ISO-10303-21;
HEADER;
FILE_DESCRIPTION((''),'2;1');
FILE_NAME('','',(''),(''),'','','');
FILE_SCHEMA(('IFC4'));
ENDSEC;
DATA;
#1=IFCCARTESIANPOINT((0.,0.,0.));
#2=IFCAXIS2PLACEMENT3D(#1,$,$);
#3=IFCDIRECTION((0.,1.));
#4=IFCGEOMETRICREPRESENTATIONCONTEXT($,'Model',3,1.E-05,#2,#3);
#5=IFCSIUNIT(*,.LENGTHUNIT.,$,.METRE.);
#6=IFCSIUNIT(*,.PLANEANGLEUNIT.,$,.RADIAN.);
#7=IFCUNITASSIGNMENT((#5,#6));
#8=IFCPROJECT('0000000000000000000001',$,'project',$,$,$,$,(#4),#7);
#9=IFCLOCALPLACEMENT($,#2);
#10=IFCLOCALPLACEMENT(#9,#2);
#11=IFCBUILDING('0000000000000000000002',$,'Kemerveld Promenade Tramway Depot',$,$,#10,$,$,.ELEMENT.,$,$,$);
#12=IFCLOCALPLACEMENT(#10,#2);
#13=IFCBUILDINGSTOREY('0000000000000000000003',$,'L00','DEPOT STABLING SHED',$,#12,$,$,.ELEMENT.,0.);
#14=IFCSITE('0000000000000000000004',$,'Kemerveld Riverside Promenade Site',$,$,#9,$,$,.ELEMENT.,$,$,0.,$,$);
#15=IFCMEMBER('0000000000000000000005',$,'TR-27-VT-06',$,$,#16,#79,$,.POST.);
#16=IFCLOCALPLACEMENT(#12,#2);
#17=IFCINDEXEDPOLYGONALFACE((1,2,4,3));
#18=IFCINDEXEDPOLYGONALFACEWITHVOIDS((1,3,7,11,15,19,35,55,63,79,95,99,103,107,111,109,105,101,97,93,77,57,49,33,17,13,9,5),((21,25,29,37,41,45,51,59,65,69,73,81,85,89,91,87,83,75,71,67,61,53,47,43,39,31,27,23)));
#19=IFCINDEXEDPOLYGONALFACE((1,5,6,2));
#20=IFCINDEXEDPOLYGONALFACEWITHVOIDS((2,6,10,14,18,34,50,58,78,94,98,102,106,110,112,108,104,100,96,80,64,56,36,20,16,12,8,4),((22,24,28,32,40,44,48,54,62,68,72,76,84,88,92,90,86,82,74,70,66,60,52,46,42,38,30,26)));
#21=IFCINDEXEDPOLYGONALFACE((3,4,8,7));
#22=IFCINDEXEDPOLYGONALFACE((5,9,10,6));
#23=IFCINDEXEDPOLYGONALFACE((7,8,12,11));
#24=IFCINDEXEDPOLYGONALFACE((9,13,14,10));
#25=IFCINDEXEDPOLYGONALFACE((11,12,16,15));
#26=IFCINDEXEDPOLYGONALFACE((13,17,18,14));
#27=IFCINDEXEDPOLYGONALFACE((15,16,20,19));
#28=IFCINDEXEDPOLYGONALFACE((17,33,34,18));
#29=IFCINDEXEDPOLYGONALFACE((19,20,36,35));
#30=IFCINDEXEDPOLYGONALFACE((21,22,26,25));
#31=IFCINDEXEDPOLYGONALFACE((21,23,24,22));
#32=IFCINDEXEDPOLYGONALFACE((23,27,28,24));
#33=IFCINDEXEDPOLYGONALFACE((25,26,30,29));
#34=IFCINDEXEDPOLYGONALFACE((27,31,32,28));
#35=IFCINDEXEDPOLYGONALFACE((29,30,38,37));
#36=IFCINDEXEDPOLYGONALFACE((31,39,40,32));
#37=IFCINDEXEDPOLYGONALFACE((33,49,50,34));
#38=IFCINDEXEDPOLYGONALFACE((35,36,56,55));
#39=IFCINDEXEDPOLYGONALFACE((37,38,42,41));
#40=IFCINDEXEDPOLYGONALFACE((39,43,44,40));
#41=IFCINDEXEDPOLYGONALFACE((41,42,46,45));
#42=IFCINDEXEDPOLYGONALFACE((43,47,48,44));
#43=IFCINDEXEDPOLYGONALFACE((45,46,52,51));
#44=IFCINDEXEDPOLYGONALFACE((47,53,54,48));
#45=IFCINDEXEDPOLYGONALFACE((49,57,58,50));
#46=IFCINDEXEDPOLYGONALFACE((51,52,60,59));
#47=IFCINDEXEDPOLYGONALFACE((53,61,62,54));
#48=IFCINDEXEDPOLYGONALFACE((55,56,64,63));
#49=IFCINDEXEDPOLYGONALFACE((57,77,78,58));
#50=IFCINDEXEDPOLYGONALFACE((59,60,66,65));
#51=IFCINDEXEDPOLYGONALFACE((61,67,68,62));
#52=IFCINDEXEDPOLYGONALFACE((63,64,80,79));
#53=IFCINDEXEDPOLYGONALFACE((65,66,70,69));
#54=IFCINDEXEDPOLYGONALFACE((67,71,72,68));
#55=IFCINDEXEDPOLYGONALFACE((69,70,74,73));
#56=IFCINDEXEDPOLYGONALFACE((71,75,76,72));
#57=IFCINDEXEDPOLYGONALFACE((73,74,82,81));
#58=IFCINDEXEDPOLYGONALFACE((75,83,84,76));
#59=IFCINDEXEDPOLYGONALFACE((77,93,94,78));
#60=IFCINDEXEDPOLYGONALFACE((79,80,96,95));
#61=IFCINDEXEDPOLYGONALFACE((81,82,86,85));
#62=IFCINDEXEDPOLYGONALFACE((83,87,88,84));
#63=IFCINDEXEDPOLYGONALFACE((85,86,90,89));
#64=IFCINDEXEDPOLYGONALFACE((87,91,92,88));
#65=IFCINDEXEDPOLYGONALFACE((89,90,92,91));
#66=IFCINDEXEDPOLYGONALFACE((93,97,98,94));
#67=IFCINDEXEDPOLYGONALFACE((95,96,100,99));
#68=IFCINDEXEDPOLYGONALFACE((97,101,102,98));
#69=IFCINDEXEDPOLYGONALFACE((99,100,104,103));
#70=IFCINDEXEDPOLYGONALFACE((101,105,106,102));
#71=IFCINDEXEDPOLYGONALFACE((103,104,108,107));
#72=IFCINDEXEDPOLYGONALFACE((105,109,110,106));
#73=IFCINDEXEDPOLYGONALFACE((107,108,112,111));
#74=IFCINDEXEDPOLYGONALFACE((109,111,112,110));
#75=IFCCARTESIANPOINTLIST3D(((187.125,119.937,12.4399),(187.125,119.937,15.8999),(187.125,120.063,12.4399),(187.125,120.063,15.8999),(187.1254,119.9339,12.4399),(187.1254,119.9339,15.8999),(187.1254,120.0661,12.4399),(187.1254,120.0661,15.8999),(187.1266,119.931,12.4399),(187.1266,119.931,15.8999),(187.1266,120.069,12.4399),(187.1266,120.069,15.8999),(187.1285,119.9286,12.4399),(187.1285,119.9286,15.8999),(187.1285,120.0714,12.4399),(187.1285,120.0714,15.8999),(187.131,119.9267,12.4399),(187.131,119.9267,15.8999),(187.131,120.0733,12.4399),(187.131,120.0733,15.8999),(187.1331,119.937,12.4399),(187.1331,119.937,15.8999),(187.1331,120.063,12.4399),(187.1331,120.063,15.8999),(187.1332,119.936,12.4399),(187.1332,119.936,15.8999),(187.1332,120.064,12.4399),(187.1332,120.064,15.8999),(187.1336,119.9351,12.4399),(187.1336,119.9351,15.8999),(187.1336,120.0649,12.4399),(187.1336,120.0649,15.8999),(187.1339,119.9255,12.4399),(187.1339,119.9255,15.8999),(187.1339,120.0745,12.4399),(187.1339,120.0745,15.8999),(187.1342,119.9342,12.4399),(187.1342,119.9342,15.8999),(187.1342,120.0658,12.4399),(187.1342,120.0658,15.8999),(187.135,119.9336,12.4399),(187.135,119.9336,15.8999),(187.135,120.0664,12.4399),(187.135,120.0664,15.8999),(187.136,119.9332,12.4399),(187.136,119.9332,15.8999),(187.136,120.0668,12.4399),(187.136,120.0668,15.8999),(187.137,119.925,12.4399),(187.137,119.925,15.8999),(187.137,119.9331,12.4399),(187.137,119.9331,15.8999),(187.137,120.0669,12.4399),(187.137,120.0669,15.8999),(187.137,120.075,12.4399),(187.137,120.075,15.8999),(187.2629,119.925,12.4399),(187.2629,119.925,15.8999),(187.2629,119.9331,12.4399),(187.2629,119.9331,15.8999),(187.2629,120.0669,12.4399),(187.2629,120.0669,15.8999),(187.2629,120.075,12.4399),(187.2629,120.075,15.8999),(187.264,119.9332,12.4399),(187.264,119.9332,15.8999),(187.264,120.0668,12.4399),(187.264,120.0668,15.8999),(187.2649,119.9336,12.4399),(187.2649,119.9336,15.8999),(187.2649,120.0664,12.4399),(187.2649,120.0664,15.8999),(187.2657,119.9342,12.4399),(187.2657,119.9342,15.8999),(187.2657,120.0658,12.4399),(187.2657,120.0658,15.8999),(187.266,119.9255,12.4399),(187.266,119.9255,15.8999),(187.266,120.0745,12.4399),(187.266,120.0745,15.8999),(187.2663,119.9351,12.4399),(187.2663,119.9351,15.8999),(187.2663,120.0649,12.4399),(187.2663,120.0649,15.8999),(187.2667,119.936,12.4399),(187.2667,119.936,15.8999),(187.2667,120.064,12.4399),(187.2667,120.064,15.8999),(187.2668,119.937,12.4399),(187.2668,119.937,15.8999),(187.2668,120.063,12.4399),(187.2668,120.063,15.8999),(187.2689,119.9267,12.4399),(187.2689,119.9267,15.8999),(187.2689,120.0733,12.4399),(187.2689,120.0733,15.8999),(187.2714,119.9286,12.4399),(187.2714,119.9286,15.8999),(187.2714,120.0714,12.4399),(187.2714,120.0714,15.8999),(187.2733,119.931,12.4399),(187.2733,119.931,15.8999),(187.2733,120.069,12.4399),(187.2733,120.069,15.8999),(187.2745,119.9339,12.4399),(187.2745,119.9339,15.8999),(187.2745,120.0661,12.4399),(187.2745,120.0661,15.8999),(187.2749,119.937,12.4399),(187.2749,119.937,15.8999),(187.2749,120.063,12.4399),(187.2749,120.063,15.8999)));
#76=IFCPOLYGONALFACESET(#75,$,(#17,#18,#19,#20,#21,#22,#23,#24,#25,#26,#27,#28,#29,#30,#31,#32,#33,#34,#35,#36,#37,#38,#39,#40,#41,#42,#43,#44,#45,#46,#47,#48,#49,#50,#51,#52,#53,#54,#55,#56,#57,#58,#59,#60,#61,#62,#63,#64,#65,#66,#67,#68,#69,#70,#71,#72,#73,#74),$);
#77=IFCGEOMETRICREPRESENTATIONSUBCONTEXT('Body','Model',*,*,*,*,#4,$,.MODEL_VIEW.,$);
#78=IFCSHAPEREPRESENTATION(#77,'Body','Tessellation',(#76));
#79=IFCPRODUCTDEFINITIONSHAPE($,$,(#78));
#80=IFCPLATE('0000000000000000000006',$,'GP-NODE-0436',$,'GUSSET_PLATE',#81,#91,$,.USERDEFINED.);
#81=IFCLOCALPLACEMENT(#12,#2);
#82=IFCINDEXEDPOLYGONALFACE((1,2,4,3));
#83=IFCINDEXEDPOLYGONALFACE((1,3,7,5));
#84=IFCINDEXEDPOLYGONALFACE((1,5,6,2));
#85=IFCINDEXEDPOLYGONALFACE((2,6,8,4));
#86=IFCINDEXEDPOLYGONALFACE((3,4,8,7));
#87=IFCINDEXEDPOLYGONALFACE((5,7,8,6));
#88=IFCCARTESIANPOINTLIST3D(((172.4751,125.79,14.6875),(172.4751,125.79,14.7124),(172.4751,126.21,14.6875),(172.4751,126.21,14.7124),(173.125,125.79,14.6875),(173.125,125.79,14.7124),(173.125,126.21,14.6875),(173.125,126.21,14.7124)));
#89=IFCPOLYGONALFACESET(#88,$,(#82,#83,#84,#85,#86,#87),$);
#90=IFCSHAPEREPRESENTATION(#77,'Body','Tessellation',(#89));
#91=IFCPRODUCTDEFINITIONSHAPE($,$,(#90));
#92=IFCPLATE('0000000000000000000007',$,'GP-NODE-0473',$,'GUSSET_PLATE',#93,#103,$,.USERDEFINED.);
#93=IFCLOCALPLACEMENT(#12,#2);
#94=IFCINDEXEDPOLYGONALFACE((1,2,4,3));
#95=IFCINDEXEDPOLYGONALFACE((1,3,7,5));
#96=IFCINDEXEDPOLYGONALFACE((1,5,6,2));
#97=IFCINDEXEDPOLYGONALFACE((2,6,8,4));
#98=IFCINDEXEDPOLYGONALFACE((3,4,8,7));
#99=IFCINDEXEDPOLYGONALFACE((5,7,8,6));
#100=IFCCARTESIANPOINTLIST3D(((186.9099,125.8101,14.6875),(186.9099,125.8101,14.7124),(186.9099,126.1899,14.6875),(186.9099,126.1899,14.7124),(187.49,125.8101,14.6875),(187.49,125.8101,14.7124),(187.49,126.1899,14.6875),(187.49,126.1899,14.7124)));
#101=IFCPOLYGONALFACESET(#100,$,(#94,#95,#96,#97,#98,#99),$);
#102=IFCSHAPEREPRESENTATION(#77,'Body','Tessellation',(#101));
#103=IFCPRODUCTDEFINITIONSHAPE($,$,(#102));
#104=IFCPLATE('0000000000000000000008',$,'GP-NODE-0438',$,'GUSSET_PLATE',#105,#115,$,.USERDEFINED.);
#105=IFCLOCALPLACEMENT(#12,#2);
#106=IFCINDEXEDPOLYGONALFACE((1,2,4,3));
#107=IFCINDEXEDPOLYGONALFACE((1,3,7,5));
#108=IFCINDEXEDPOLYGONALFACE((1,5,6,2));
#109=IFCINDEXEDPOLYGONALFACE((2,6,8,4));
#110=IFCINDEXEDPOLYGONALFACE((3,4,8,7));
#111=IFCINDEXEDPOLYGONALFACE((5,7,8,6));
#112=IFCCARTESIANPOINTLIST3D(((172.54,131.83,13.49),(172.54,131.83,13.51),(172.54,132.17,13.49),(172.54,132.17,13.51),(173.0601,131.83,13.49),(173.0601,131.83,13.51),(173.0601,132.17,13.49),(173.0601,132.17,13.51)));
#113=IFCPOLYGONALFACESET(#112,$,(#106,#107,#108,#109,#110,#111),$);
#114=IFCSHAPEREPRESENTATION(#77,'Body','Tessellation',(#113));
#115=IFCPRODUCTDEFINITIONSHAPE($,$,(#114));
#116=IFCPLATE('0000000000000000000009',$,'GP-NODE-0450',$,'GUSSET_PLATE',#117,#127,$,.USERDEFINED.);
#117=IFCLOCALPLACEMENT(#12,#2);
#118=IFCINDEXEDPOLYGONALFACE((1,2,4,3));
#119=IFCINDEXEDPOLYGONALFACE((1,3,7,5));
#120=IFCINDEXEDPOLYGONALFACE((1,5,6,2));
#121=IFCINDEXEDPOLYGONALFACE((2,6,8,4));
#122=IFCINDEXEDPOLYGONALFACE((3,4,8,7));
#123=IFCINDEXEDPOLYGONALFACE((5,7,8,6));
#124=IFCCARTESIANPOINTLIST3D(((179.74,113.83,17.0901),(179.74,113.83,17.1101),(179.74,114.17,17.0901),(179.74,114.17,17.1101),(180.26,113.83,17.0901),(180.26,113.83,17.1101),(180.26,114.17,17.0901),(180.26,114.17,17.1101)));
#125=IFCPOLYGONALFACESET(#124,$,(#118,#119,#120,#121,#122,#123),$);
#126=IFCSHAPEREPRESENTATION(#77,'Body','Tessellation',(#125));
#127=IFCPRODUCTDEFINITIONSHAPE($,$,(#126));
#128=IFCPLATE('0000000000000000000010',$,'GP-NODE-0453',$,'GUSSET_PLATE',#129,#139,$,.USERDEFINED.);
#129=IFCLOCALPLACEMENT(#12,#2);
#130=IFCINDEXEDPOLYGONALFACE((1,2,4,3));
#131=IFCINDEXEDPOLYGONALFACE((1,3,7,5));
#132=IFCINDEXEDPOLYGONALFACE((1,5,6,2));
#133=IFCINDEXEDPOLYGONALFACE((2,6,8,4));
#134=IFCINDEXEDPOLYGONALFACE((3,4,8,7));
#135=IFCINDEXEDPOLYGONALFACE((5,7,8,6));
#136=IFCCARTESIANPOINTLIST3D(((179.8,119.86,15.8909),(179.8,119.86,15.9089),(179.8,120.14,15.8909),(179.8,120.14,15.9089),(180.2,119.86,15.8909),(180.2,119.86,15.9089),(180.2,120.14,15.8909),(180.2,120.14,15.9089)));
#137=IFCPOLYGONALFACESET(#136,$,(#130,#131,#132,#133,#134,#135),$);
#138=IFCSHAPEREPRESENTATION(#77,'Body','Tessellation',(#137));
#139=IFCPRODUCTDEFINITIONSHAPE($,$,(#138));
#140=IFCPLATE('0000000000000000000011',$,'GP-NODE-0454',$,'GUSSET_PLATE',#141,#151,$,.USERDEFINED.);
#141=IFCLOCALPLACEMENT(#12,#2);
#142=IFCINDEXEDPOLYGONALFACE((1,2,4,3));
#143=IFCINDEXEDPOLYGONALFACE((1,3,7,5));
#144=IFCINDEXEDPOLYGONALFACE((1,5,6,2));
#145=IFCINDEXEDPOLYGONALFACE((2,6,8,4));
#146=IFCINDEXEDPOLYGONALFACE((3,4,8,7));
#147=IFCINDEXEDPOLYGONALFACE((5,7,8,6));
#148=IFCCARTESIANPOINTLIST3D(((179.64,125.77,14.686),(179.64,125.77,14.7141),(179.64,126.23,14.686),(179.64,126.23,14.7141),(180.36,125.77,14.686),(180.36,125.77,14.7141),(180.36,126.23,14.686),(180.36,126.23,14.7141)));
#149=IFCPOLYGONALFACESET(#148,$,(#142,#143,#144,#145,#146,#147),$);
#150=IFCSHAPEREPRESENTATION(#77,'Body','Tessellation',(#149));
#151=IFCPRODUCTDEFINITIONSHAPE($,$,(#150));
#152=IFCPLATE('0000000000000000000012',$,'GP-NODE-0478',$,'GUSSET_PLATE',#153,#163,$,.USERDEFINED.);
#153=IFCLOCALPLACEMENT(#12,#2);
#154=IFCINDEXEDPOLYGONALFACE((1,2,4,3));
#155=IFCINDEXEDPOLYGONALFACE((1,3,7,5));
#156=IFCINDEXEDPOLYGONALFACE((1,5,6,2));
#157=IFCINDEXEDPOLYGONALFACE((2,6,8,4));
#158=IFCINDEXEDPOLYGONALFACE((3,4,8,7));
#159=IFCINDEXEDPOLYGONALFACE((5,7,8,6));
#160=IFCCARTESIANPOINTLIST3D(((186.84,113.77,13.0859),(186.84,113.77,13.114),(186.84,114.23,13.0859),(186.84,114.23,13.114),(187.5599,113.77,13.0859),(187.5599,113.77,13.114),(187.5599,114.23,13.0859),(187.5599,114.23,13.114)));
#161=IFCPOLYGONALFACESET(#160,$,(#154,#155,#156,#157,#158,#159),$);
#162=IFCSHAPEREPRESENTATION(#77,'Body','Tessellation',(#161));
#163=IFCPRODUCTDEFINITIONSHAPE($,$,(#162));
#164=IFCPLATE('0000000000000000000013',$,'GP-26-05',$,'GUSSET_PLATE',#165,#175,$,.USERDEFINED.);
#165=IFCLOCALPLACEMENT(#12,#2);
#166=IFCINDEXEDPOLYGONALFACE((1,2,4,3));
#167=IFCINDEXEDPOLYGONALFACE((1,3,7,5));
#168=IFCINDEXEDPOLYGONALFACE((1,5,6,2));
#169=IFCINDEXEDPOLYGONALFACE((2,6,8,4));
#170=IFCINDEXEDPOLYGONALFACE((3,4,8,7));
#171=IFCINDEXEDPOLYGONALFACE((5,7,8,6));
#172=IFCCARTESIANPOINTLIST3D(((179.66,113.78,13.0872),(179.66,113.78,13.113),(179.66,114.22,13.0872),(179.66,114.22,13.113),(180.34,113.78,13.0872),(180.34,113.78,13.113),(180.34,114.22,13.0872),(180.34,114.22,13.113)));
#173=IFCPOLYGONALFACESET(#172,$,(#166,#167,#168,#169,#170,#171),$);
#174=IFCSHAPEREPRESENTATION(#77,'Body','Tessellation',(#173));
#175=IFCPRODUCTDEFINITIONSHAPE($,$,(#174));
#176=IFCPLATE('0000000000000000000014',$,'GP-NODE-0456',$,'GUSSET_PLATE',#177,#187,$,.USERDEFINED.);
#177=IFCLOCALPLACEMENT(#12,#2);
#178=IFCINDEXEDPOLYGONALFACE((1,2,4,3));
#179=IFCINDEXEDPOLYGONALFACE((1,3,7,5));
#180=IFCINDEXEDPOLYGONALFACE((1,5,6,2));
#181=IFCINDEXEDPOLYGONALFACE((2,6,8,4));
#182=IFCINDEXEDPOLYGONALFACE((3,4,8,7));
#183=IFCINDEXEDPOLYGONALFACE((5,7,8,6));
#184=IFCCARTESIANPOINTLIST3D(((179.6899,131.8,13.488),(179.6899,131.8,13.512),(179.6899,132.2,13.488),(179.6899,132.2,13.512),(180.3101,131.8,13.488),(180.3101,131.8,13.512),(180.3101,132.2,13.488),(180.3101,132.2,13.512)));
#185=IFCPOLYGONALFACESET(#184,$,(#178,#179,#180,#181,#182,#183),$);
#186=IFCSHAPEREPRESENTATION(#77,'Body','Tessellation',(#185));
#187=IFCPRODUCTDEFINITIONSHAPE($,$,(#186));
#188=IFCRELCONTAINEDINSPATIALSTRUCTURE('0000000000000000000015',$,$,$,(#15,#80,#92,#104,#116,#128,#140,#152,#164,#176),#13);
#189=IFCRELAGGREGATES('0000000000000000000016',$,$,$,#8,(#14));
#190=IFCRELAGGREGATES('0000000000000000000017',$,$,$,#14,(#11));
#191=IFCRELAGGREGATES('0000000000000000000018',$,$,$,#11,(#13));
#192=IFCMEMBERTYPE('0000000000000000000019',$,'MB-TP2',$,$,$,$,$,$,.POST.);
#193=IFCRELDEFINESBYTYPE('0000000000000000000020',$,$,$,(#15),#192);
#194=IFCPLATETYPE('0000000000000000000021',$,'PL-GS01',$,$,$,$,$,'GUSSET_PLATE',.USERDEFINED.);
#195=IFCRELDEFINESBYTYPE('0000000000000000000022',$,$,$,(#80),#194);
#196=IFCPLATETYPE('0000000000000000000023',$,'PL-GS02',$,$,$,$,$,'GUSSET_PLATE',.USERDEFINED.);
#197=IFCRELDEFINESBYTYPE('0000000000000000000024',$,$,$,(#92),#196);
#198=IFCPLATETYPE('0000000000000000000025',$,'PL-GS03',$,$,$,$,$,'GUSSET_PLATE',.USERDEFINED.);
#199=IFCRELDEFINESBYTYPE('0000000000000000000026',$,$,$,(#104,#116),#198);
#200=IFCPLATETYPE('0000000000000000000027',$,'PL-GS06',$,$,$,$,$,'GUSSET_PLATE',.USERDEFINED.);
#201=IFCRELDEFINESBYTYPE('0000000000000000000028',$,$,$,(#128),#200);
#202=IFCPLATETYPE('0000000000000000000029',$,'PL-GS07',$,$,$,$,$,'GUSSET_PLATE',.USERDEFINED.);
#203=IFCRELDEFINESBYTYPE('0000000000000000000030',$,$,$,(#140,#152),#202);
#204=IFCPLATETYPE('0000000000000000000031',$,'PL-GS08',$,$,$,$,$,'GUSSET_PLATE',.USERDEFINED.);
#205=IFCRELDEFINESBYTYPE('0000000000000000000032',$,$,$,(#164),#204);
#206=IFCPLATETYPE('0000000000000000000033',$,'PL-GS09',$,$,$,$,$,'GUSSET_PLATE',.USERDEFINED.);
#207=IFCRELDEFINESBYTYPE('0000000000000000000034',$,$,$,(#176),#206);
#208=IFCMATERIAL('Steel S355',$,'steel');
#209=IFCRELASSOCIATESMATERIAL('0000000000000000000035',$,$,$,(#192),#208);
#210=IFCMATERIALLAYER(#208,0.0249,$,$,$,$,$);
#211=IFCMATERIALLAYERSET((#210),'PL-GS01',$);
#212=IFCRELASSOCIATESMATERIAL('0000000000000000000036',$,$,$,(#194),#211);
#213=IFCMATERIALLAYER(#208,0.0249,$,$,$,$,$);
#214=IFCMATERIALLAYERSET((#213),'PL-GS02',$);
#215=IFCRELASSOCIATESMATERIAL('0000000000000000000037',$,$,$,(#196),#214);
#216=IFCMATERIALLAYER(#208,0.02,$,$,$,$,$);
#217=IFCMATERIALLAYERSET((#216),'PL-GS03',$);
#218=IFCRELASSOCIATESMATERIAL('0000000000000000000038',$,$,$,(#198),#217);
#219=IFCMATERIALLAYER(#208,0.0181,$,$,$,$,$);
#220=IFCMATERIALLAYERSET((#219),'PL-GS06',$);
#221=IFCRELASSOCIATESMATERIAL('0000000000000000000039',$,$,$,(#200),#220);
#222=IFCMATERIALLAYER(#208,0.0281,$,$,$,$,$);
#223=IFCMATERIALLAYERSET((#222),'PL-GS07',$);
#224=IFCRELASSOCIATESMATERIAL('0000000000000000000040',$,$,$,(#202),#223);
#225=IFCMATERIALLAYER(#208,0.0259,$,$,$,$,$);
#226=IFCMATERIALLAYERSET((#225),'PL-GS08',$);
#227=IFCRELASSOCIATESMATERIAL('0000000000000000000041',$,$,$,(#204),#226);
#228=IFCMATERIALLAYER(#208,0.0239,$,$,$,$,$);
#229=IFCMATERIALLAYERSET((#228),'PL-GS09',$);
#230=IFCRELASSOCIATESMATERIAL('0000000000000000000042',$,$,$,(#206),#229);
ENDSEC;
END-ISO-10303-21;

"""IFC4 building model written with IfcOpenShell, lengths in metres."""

from ifc_helpers import new_model, si_unit, direction, frame, origin, origin_2d, place, context, subcontext, project, spatial, rectangle, hollow_rectangle, extrude, material, layer, layer_set, material_profile, profile_set, type_object, element, save


model = new_model("IFC4")

# Units and contexts
model_context = context("Model", 3, precision=1e-05, world=origin(), true_north=direction((0.0, 1.0)))
body_context = subcontext(model_context, "Body", "Model", "MODEL_VIEW")
ifc_project = project(units=[si_unit("LENGTHUNIT", "METRE"), si_unit("PLANEANGLEUNIT", "RADIAN")], contexts=[model_context])

# Site, building, storey
site_placement = place(None, origin())
site = spatial("IfcSite", under=ifc_project, at=site_placement, Name="Kemerveld Riverside Promenade Site", CompositionType="ELEMENT", RefElevation=0.0)
building_placement = place(site_placement, origin())
building = spatial("IfcBuilding", under=site, at=building_placement, Name="Kemerveld Promenade Tramway Depot", CompositionType="ELEMENT")
storey_placement = place(building_placement, origin())
storey = spatial("IfcBuildingStorey", under=building, at=storey_placement, Name="L00", Description="DEPOT STABLING SHED", CompositionType="ELEMENT", Elevation=0.0)

# Member
ifc_material = material(Name="Steel S355", Category="steel")
ifc_material_profile_1 = material_profile(ifc_material, hollow_rectangle(XDim=0.1499, YDim=0.1499, WallThickness=0.0081, InnerFilletRadius=0.0039, OuterFilletRadius=0.012, at=origin_2d()), Name="150x150x8.0 SHS")
ifc_profile_set_1 = profile_set([ifc_material_profile_1], Name="Steel S355")
member_type_1 = type_object("IfcMemberType", Name="MB-TP2", PredefinedType="POST", material=ifc_profile_set_1)
member_1_placement = place(storey_placement, frame((187.2, 120.0, 12.4399), z_axis=(0.0, 0.0, 1.0), x_axis=(1.0, 0.0, 0.0)))
element("IfcMember", 1, at=member_1_placement, inside=storey, type_object=member_type_1, Name="TR-27-VT-06", PredefinedType="POST", context=body_context, shape_type="SweptSolid", body=[
    extrude(hollow_rectangle(XDim=0.1499, YDim=0.1499, WallThickness=0.0081, InnerFilletRadius=0.0039, OuterFilletRadius=0.012, at=origin_2d()), origin(), (0.0, 0.0, 1.0), 3.46),
])

# Plates
ifc_layer_1 = layer(ifc_material, 0.0249)
ifc_layer_set_1 = layer_set([ifc_layer_1], Name="PL-GS01")
plate_type_1 = type_object("IfcPlateType", Name="PL-GS01", ElementType="GUSSET_PLATE", PredefinedType="USERDEFINED", material=ifc_layer_set_1)
plate_1_placement = place(storey_placement, frame((172.8, 126.0, 14.6875), z_axis=(0.0, 0.0, 1.0), x_axis=(1.0, 0.0, 0.0)))
element("IfcPlate", 2, at=plate_1_placement, inside=storey, type_object=plate_type_1, Name="GP-NODE-0436", ObjectType="GUSSET_PLATE", PredefinedType="USERDEFINED", context=body_context, shape_type="SweptSolid", body=[
    extrude(rectangle(XDim=0.6499, YDim=0.4199, at=origin_2d()), origin(), (0.0, 0.0, 1.0), 0.0249),
])
ifc_layer_2 = layer(ifc_material, 0.0249)
ifc_layer_set_2 = layer_set([ifc_layer_2], Name="PL-GS02")
plate_type_2 = type_object("IfcPlateType", Name="PL-GS02", ElementType="GUSSET_PLATE", PredefinedType="USERDEFINED", material=ifc_layer_set_2)
plate_2_placement = place(storey_placement, frame((187.2, 126.0, 14.6875), z_axis=(0.0, 0.0, 1.0), x_axis=(1.0, 0.0, 0.0)))
element("IfcPlate", 3, at=plate_2_placement, inside=storey, type_object=plate_type_2, Name="GP-NODE-0473", ObjectType="GUSSET_PLATE", PredefinedType="USERDEFINED", context=body_context, shape_type="SweptSolid", body=[
    extrude(rectangle(XDim=0.5801, YDim=0.3799, at=origin_2d()), origin(), (0.0, 0.0, 1.0), 0.0249),
])
ifc_layer_3 = layer(ifc_material, 0.02)
ifc_layer_set_3 = layer_set([ifc_layer_3], Name="PL-GS03")
plate_type_3 = type_object("IfcPlateType", Name="PL-GS03", ElementType="GUSSET_PLATE", PredefinedType="USERDEFINED", material=ifc_layer_set_3)
for number, where, z_axis, x_axis, name in (
    (4, (172.8, 132.0, 13.49), (0.0, 0.0, 1.0), (1.0, 0.0, 0.0), "GP-NODE-0438"),
    (5, (180.0, 114.0, 17.0901), (0.0, 0.0, 1.0), (1.0, 0.0, 0.0), "GP-NODE-0450"),
):
    element("IfcPlate", number, at=place(storey_placement, frame(where, z_axis=z_axis, x_axis=x_axis)), inside=storey, type_object=plate_type_3, Name=name, ObjectType="GUSSET_PLATE", PredefinedType="USERDEFINED", context=body_context, shape_type="SweptSolid", body=[
        extrude(rectangle(XDim=0.52, YDim=0.3401, at=origin_2d()), origin(), (0.0, 0.0, 1.0), 0.02),
    ])
ifc_layer_4 = layer(ifc_material, 0.0181)
ifc_layer_set_4 = layer_set([ifc_layer_4], Name="PL-GS06")
plate_type_4 = type_object("IfcPlateType", Name="PL-GS06", ElementType="GUSSET_PLATE", PredefinedType="USERDEFINED", material=ifc_layer_set_4)
plate_3_placement = place(storey_placement, frame((180.0, 120.0, 15.8909), z_axis=(0.0, 0.0, 1.0), x_axis=(1.0, 0.0, 0.0)))
element("IfcPlate", 6, at=plate_3_placement, inside=storey, type_object=plate_type_4, Name="GP-NODE-0453", ObjectType="GUSSET_PLATE", PredefinedType="USERDEFINED", context=body_context, shape_type="SweptSolid", body=[
    extrude(rectangle(XDim=0.3999, YDim=0.28, at=origin_2d()), origin(), (0.0, 0.0, 1.0), 0.0181),
])
ifc_layer_5 = layer(ifc_material, 0.0281)
ifc_layer_set_5 = layer_set([ifc_layer_5], Name="PL-GS07")
plate_type_5 = type_object("IfcPlateType", Name="PL-GS07", ElementType="GUSSET_PLATE", PredefinedType="USERDEFINED", material=ifc_layer_set_5)
for number, where, z_axis, x_axis, name in (
    (7, (180.0, 126.0, 14.686), (0.0, 0.0, 1.0), (1.0, 0.0, 0.0), "GP-NODE-0454"),
    (8, (187.2, 114.0, 13.0859), (0.0, 0.0, 1.0), (1.0, 0.0, 0.0), "GP-NODE-0478"),
):
    element("IfcPlate", number, at=place(storey_placement, frame(where, z_axis=z_axis, x_axis=x_axis)), inside=storey, type_object=plate_type_5, Name=name, ObjectType="GUSSET_PLATE", PredefinedType="USERDEFINED", context=body_context, shape_type="SweptSolid", body=[
        extrude(rectangle(XDim=0.72, YDim=0.46, at=origin_2d()), origin(), (0.0, 0.0, 1.0), 0.0281),
    ])
ifc_layer_6 = layer(ifc_material, 0.0259)
ifc_layer_set_6 = layer_set([ifc_layer_6], Name="PL-GS08")
plate_type_6 = type_object("IfcPlateType", Name="PL-GS08", ElementType="GUSSET_PLATE", PredefinedType="USERDEFINED", material=ifc_layer_set_6)
plate_4_placement = place(storey_placement, frame((180.0, 114.0, 13.0872), z_axis=(0.0, 0.0, 1.0), x_axis=(1.0, 0.0, 0.0)))
element("IfcPlate", 9, at=plate_4_placement, inside=storey, type_object=plate_type_6, Name="GP-26-05", ObjectType="GUSSET_PLATE", PredefinedType="USERDEFINED", context=body_context, shape_type="SweptSolid", body=[
    extrude(rectangle(XDim=0.6799, YDim=0.4399, at=origin_2d()), origin(), (0.0, 0.0, 1.0), 0.0259),
])
ifc_layer_7 = layer(ifc_material, 0.0239)
ifc_layer_set_7 = layer_set([ifc_layer_7], Name="PL-GS09")
plate_type_7 = type_object("IfcPlateType", Name="PL-GS09", ElementType="GUSSET_PLATE", PredefinedType="USERDEFINED", material=ifc_layer_set_7)
for number, where, z_axis, x_axis, name in (
    (10, (180.0, 132.0, 13.488), (0.0, 0.0, 1.0), (1.0, 0.0, 0.0), "GP-NODE-0456"),
):
    element("IfcPlate", number, at=place(storey_placement, frame(where, z_axis=z_axis, x_axis=x_axis)), inside=storey, type_object=plate_type_7, Name=name, ObjectType="GUSSET_PLATE", PredefinedType="USERDEFINED", context=body_context, shape_type="SweptSolid", body=[
        extrude(rectangle(XDim=0.6201, YDim=0.3999, at=origin_2d()), origin(), (0.0, 0.0, 1.0), 0.0239),
    ])

save(model, "model.ifc")
